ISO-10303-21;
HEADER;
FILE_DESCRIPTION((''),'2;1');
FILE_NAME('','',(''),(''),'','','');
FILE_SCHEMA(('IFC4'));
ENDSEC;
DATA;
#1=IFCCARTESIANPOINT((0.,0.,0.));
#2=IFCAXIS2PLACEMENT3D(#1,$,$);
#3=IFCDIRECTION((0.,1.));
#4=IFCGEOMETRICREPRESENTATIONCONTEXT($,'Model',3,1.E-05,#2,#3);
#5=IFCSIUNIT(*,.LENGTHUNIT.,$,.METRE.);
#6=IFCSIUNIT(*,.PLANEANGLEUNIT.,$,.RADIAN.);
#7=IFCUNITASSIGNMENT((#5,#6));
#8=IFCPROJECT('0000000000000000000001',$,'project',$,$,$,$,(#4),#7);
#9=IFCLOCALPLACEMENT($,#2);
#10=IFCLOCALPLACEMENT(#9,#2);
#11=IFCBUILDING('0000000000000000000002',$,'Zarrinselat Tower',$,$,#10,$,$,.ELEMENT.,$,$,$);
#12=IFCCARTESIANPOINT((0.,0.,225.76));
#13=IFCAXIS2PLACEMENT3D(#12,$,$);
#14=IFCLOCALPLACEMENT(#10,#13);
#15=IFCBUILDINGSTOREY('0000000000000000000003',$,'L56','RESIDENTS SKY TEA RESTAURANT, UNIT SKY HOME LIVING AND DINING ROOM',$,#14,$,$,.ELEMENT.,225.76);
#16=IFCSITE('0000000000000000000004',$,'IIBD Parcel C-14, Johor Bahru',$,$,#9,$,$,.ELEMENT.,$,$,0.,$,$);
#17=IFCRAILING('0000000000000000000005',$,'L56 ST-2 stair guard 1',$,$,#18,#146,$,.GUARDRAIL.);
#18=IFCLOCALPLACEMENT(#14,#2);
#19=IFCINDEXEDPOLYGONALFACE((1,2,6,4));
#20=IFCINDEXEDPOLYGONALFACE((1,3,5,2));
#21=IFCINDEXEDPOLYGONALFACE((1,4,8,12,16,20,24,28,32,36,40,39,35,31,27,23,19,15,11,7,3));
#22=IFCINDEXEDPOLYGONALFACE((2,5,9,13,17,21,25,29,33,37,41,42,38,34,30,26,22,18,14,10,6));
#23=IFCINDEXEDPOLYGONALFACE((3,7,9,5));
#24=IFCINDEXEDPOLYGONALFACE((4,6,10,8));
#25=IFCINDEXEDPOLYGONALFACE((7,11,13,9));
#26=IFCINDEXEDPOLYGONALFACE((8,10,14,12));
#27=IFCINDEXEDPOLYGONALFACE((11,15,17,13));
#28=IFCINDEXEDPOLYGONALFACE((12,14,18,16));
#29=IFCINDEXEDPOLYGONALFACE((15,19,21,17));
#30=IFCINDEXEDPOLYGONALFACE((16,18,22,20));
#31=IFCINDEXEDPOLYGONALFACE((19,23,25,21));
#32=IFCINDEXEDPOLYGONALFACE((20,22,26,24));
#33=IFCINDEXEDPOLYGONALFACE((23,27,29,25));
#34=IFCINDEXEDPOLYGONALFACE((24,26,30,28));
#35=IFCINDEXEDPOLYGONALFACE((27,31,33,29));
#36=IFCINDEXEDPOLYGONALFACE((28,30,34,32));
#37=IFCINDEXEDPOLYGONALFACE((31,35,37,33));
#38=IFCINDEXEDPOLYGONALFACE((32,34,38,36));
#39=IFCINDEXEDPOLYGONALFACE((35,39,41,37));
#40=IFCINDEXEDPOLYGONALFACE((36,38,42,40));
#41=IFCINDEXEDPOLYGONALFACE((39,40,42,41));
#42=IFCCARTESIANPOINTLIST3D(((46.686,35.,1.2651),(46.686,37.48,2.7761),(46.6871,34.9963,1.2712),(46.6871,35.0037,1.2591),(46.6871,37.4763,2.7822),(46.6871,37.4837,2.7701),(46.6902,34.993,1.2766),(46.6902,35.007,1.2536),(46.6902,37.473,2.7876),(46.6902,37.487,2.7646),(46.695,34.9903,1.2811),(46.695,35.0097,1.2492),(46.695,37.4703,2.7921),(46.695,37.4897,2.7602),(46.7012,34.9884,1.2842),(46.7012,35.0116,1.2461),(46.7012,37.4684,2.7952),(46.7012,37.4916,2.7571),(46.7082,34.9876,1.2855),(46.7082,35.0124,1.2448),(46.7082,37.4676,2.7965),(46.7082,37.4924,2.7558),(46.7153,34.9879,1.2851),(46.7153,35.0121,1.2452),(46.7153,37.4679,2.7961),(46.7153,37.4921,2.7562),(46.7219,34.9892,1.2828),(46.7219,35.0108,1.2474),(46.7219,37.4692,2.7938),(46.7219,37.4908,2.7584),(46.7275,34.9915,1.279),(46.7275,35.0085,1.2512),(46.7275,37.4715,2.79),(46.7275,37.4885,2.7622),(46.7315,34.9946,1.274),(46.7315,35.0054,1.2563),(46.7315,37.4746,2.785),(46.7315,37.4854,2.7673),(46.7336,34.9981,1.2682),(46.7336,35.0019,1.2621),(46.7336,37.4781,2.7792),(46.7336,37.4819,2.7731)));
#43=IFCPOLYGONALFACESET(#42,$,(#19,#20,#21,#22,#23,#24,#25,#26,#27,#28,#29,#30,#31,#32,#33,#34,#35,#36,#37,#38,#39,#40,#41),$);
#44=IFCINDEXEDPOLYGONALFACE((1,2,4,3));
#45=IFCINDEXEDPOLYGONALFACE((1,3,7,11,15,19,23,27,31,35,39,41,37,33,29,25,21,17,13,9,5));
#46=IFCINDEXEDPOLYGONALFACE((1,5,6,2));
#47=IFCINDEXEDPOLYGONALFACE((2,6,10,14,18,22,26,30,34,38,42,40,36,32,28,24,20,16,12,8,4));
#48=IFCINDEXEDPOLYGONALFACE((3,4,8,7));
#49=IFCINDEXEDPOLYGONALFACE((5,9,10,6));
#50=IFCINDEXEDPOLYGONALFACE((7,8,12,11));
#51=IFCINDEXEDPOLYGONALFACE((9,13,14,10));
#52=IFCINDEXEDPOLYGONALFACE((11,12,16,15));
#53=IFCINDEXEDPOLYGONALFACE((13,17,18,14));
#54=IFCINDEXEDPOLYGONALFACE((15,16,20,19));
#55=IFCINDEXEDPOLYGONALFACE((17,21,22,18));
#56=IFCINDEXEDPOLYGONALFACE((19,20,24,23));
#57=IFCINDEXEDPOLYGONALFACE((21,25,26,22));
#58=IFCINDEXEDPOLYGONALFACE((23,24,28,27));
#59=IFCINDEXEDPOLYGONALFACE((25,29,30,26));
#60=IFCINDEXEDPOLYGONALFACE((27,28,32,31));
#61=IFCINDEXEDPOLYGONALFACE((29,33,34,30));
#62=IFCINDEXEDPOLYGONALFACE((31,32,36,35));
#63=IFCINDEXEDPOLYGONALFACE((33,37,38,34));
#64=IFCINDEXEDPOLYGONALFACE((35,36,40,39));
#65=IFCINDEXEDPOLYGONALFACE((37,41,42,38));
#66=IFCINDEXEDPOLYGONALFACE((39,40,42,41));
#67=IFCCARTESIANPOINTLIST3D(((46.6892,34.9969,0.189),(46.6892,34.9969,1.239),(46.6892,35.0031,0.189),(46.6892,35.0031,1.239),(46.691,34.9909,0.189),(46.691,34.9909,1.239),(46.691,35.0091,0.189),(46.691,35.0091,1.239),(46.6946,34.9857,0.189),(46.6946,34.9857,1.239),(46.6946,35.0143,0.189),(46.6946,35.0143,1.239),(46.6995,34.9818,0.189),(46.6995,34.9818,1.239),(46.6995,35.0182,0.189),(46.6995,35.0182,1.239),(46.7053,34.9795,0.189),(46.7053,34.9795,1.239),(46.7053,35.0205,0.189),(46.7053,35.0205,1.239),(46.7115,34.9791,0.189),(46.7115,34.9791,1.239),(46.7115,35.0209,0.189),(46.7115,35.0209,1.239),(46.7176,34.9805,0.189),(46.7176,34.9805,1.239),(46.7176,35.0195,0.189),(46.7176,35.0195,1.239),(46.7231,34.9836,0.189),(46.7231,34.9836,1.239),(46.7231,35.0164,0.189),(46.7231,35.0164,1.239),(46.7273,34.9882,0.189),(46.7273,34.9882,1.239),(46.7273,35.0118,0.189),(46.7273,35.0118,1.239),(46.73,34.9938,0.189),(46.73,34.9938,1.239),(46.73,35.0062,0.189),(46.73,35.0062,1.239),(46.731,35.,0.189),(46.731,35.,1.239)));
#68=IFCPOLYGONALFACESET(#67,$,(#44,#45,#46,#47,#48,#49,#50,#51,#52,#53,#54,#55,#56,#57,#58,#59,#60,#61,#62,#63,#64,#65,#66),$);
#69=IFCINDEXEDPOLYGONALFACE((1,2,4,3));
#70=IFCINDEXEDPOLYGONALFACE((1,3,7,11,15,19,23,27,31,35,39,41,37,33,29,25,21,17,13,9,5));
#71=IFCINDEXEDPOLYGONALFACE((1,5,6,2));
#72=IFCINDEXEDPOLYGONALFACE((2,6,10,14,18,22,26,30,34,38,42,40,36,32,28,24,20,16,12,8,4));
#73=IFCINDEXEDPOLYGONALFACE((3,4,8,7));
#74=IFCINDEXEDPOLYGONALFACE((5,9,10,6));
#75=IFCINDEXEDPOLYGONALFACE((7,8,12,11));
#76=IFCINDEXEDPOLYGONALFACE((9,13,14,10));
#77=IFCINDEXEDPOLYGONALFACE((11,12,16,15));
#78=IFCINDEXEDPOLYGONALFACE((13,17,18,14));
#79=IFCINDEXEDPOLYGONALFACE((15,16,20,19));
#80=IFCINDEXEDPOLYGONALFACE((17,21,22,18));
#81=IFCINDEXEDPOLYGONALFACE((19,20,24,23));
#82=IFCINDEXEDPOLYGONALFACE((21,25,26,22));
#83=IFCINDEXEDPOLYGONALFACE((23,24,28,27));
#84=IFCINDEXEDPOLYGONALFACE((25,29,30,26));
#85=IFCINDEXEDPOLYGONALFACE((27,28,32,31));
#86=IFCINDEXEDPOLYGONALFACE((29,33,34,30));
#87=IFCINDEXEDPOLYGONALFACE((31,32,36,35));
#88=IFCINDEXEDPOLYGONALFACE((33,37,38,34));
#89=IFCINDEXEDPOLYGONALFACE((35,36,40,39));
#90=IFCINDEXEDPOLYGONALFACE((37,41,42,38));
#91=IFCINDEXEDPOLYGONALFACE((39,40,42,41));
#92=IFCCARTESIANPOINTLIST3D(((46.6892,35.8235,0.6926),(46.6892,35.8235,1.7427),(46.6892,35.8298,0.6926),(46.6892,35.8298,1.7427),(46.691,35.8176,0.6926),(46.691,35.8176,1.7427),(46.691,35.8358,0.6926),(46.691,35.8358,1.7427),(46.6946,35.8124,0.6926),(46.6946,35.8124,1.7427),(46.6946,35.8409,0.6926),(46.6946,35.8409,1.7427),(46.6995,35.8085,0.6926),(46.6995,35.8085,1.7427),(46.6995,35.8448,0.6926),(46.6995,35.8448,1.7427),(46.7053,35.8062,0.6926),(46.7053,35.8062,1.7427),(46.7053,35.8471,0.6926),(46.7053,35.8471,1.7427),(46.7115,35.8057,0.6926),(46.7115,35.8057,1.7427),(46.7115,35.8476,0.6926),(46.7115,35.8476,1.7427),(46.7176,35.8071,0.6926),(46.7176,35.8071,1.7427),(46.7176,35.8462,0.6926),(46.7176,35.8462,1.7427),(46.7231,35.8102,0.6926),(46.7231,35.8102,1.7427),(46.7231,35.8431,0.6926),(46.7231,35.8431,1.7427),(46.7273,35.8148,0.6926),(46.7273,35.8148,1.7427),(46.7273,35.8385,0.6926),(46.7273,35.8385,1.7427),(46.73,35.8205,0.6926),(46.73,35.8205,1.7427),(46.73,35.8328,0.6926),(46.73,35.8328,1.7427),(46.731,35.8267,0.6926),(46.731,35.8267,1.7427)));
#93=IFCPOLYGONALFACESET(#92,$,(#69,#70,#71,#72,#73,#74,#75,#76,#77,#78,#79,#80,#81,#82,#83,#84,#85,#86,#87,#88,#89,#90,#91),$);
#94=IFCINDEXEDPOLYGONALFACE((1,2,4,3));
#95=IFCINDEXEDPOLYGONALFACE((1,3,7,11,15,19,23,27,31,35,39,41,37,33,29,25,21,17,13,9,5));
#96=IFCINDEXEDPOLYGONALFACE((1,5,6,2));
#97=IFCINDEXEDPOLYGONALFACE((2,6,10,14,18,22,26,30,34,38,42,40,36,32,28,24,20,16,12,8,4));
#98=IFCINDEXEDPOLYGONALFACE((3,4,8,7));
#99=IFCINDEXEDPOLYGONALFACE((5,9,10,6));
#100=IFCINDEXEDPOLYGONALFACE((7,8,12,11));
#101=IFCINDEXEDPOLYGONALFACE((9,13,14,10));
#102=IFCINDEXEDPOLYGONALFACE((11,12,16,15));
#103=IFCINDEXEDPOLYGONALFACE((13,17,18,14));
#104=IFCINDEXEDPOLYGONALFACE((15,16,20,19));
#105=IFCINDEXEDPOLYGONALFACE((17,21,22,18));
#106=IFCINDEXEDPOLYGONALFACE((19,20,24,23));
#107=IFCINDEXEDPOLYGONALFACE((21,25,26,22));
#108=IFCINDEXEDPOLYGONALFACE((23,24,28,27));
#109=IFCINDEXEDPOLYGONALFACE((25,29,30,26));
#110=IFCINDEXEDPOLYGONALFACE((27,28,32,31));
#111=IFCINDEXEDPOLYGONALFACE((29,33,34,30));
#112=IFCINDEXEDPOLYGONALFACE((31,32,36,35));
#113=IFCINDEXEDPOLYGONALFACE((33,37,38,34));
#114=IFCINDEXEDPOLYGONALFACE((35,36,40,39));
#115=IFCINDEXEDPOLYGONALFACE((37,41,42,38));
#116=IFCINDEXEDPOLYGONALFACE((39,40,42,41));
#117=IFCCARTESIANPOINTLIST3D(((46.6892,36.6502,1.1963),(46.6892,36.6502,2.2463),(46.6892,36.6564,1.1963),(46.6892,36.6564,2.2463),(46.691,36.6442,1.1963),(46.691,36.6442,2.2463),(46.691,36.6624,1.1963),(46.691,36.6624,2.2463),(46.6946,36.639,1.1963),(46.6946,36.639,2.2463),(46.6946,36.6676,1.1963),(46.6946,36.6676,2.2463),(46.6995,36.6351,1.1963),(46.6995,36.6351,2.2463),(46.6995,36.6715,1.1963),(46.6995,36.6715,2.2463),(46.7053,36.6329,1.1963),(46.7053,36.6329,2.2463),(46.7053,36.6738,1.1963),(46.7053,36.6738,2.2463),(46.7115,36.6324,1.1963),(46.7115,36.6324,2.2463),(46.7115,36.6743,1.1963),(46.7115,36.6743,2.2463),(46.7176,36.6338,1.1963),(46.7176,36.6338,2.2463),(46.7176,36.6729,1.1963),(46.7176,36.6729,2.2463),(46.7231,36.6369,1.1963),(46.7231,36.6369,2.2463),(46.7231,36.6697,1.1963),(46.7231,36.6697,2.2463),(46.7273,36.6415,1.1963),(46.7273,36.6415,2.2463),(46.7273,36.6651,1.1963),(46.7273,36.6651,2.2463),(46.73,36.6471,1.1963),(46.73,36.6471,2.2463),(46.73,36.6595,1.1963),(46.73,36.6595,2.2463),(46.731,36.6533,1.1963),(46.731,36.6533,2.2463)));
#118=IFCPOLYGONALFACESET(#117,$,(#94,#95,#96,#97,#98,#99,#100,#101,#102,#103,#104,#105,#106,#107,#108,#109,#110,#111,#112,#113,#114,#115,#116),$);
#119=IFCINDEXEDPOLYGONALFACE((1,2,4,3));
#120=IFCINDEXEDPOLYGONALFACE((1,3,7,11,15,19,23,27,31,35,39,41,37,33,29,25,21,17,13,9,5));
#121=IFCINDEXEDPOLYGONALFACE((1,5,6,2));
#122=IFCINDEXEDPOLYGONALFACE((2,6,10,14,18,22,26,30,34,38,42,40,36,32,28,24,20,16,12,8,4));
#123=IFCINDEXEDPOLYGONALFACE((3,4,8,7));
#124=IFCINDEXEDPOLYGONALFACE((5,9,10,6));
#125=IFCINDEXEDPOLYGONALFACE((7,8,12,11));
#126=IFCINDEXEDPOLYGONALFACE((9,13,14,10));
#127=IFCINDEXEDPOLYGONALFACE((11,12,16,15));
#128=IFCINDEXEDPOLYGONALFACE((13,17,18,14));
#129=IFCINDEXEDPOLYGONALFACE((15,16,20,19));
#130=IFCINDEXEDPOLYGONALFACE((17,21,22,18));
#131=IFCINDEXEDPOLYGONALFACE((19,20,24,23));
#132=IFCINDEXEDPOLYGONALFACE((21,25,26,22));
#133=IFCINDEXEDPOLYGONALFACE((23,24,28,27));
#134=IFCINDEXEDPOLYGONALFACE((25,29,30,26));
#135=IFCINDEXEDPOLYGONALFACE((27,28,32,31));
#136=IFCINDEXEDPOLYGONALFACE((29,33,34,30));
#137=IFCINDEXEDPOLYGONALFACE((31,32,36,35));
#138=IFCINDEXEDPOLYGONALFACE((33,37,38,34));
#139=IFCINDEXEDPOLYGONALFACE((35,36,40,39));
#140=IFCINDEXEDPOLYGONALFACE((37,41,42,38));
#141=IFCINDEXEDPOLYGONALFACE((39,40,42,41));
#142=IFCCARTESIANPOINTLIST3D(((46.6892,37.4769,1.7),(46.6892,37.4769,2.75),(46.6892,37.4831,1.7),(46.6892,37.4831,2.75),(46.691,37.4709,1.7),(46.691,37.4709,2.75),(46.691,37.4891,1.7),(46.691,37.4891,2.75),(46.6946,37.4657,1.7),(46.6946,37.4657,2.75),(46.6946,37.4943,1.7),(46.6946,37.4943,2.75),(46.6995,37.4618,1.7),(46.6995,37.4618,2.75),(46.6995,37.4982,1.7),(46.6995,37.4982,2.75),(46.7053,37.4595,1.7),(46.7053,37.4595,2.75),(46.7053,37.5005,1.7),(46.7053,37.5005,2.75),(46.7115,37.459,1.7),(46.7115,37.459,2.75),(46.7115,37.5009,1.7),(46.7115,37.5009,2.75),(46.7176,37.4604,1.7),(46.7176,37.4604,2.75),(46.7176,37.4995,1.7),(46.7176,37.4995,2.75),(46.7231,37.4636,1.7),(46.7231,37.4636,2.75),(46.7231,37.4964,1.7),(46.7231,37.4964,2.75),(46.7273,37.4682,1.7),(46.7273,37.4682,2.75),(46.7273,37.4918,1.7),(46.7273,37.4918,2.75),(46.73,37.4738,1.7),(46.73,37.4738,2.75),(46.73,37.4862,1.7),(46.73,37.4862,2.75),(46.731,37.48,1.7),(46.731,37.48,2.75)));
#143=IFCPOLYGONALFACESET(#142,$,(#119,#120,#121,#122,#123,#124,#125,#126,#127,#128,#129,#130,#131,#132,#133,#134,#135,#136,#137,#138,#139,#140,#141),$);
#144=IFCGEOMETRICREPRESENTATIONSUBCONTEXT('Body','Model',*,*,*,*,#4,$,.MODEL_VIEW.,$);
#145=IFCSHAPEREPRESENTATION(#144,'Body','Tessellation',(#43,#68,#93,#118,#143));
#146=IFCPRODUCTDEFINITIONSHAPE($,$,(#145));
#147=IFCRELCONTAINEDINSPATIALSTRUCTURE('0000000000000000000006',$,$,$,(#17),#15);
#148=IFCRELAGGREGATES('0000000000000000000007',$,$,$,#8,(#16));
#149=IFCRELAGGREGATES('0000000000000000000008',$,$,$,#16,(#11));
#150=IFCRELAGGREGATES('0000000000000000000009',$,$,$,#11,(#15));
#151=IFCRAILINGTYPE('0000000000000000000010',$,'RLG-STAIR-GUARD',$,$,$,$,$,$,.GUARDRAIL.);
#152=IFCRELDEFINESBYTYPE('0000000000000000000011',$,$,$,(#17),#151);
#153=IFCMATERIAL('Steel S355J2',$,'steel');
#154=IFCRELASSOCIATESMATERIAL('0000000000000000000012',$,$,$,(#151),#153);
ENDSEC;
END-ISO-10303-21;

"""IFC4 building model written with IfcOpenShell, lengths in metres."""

from ifc_helpers import new_model, si_unit, direction, frame, origin, origin_2d, place, context, subcontext, project, spatial, circle, extrude, material, type_object, element, save


model = new_model("IFC4")

# Units and contexts
model_context = context("Model", 3, precision=1e-05, world=origin(), true_north=direction((0.0, 1.0)))
body_context = subcontext(model_context, "Body", "Model", "MODEL_VIEW")
ifc_project = project(units=[si_unit("LENGTHUNIT", "METRE"), si_unit("PLANEANGLEUNIT", "RADIAN")], contexts=[model_context])

# Site, building, storey
site_placement = place(None, origin())
site = spatial("IfcSite", under=ifc_project, at=site_placement, Name="IIBD Parcel C-14, Johor Bahru", CompositionType="ELEMENT", RefElevation=0.0)
building_placement = place(site_placement, origin())
building = spatial("IfcBuilding", under=site, at=building_placement, Name="Zarrinselat Tower", CompositionType="ELEMENT")
storey_placement = place(building_placement, frame((0.0, 0.0, 225.76)))
storey = spatial("IfcBuildingStorey", under=building, at=storey_placement, Name="L56", Description="RESIDENTS SKY TEA RESTAURANT, UNIT SKY HOME LIVING AND DINING ROOM", CompositionType="ELEMENT", Elevation=225.76)

# Railing
ifc_material_1 = material(Name="Steel S355J2", Category="steel")
railing_type_1 = type_object("IfcRailingType", Name="RLG-STAIR-GUARD", PredefinedType="GUARDRAIL", material=ifc_material_1)
railing_1_placement = place(storey_placement, frame((46.71, 35.0, 0.189)))
element("IfcRailing", 1, at=railing_1_placement, inside=storey, type_object=railing_type_1, Name="L56 ST-2 stair guard 1", PredefinedType="GUARDRAIL", context=body_context, shape_type="SweptSolid", body=[
    extrude(circle(Radius=0.0239, at=origin_2d()), frame((0.0, 0.0, 1.0762), z_axis=(0.0, 0.853979, 0.520307), x_axis=(-1.0, 0.0, 0.0)), (0.0, 0.0, 1.0), 2.9041),
    extrude(circle(Radius=0.021, at=origin_2d()), origin(), (0.0, 0.0, 1.0), 1.05),
    extrude(circle(Radius=0.021, at=origin_2d()), frame((0.0, 0.8267, 0.5037)), (0.0, 0.0, 1.0), 1.05),
    extrude(circle(Radius=0.021, at=origin_2d()), frame((0.0, 1.6533, 1.0073)), (0.0, 0.0, 1.0), 1.05),
    extrude(circle(Radius=0.021, at=origin_2d()), frame((0.0, 2.48, 1.511)), (0.0, 0.0, 1.0), 1.05),
])

save(model, "model.ifc")
